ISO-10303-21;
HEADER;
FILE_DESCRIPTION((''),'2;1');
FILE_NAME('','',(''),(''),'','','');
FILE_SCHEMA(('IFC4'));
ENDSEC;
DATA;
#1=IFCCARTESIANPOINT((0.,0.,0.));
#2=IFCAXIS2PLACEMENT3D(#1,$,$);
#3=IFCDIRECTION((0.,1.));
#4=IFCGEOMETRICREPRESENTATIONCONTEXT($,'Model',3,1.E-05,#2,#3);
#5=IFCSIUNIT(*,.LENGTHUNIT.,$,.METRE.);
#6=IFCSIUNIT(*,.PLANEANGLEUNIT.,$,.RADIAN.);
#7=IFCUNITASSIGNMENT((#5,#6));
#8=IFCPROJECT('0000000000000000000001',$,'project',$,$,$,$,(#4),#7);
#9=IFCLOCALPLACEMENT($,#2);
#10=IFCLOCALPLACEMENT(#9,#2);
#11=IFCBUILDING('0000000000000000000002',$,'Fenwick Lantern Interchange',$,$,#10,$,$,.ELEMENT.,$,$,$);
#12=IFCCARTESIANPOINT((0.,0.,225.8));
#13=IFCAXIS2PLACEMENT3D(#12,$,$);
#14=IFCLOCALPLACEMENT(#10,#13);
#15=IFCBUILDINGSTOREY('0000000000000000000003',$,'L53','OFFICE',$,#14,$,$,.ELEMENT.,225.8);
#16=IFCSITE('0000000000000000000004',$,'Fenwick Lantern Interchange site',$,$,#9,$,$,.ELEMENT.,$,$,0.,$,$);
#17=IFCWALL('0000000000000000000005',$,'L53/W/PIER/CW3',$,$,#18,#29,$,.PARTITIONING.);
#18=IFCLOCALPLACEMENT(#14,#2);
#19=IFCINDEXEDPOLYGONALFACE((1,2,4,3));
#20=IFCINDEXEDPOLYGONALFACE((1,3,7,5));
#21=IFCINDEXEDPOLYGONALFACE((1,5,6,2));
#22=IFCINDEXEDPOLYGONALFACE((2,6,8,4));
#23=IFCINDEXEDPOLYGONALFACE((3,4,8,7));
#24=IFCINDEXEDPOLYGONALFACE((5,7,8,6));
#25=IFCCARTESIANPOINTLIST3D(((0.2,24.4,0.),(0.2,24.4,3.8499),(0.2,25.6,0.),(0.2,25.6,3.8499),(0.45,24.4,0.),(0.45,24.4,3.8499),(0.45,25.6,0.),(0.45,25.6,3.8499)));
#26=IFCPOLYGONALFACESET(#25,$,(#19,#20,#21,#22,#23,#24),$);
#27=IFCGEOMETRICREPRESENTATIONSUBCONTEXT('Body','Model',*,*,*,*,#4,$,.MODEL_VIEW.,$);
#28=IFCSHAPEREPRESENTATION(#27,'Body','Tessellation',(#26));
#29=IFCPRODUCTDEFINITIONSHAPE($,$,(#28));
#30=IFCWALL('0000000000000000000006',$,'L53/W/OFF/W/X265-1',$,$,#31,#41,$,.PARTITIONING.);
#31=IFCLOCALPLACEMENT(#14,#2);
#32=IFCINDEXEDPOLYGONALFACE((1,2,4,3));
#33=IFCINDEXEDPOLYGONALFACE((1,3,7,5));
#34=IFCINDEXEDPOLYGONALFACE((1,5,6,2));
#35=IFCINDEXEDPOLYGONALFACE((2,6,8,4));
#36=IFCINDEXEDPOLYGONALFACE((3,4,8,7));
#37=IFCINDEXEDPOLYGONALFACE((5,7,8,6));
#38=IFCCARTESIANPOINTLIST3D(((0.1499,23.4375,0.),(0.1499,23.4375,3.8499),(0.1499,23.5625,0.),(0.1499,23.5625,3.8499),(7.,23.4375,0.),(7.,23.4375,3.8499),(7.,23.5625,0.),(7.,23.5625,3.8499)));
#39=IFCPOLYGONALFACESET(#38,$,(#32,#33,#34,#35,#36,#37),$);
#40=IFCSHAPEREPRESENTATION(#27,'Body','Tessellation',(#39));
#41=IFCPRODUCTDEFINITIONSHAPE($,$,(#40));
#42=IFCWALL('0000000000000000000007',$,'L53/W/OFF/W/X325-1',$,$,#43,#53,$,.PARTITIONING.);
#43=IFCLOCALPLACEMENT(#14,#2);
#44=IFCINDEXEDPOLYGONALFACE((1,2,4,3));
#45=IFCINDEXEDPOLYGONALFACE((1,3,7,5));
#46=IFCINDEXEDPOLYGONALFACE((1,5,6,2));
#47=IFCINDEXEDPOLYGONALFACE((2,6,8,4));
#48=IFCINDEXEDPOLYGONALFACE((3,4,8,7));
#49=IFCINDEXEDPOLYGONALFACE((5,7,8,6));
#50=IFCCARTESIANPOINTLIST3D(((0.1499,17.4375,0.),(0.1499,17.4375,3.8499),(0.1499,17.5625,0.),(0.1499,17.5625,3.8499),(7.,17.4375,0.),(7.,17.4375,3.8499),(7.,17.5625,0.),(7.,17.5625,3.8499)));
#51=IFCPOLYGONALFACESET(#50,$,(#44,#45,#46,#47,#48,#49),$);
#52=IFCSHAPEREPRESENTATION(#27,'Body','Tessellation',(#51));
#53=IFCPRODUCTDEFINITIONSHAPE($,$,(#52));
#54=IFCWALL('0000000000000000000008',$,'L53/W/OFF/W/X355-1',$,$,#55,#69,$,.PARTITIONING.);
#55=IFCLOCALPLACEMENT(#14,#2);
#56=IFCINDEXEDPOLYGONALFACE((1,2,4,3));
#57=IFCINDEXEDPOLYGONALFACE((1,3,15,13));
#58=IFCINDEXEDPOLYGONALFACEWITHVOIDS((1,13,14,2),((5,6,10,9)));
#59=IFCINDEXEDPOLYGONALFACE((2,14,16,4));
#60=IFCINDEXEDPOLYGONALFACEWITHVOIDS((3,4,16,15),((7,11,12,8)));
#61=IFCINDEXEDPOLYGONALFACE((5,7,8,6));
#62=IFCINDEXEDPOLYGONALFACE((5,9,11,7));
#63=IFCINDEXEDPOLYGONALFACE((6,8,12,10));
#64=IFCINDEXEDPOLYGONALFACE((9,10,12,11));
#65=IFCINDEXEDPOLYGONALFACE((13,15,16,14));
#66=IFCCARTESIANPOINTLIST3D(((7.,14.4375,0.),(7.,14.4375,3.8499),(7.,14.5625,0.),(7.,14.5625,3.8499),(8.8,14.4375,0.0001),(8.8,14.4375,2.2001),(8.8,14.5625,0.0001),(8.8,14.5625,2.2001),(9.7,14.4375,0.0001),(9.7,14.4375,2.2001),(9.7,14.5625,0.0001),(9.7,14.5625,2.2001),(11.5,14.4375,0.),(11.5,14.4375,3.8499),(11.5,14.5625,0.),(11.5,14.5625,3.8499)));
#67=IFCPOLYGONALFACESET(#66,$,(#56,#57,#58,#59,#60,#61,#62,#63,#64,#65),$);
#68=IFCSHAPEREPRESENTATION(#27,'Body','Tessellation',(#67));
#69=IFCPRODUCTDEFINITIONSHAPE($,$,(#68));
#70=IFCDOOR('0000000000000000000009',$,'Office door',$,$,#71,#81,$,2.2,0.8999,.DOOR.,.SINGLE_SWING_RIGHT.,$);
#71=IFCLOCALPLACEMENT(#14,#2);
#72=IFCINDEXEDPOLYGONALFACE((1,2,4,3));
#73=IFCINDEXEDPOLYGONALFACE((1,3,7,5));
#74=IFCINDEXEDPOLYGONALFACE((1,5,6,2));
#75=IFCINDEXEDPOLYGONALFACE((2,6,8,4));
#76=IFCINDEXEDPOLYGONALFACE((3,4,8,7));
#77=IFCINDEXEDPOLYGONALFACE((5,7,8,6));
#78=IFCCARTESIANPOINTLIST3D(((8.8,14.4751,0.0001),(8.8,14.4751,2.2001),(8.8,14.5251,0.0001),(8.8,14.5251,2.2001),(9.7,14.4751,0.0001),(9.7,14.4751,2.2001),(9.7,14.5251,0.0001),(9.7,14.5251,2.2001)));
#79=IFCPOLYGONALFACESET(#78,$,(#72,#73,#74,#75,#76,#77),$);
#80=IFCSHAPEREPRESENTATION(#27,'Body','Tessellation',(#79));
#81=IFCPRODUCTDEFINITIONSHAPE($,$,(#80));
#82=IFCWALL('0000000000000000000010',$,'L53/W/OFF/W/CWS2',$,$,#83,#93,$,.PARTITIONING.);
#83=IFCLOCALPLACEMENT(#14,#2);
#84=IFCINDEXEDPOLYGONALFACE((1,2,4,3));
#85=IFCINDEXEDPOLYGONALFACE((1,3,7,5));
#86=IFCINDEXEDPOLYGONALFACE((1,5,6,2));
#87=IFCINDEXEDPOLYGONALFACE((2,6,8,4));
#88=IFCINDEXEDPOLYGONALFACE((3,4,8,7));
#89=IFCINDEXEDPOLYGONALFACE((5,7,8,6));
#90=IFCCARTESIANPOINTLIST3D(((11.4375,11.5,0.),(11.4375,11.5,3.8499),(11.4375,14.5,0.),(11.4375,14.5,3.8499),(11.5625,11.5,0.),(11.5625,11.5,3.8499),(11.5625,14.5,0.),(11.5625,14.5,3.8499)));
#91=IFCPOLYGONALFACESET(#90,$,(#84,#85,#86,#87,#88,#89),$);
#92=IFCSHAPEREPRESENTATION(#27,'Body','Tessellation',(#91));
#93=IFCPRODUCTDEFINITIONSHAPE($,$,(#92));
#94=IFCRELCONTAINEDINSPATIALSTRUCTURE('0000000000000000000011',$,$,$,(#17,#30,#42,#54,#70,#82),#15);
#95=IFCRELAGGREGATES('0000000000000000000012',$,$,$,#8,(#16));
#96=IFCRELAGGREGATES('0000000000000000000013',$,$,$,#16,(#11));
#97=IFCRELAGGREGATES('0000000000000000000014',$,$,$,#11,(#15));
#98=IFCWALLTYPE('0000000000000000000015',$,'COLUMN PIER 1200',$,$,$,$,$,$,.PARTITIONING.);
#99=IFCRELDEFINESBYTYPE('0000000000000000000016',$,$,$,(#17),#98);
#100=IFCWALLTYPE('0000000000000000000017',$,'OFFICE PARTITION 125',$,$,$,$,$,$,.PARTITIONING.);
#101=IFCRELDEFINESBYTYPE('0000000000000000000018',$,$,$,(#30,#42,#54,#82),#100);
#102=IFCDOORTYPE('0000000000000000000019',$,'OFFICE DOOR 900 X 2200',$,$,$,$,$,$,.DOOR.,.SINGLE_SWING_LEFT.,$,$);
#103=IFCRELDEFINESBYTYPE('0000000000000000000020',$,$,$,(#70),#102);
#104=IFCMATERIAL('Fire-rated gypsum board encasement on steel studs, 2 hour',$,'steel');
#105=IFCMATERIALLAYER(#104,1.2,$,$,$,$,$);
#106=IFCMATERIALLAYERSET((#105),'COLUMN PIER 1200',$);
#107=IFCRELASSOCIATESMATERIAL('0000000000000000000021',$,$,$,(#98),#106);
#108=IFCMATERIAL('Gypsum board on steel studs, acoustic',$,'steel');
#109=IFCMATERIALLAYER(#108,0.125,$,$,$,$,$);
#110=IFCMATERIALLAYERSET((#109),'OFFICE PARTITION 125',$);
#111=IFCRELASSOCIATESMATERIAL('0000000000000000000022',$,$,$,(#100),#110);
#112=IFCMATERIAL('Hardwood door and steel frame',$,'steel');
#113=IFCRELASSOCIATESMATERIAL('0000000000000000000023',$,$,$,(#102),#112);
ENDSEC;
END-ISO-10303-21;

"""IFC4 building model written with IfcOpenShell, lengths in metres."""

from ifc_helpers import new_model, si_unit, direction, frame, frame_2d, origin, place, context, subcontext, project, spatial, rectangle, extrude, material, layer, layer_set, type_object, element, fill, save


model = new_model("IFC4")

# Units and contexts
model_context = context("Model", 3, precision=1e-05, world=origin(), true_north=direction((0.0, 1.0)))
body_context = subcontext(model_context, "Body", "Model", "MODEL_VIEW")
ifc_project = project(units=[si_unit("LENGTHUNIT", "METRE"), si_unit("PLANEANGLEUNIT", "RADIAN")], contexts=[model_context])

# Site, building, storey
site_placement = place(None, origin())
site = spatial("IfcSite", under=ifc_project, at=site_placement, Name="Fenwick Lantern Interchange site", CompositionType="ELEMENT", RefElevation=0.0)
building_placement = place(site_placement, origin())
building = spatial("IfcBuilding", under=site, at=building_placement, Name="Fenwick Lantern Interchange", CompositionType="ELEMENT")
storey_placement = place(building_placement, frame((0.0, 0.0, 225.8)))
storey = spatial("IfcBuildingStorey", under=building, at=storey_placement, Name="L53", Description="OFFICE", CompositionType="ELEMENT", Elevation=225.8)

# Walls
ifc_material_1 = material(Name="Fire-rated gypsum board encasement on steel studs, 2 hour", Category="steel")
ifc_layer_1 = layer(ifc_material_1, 1.2)
ifc_layer_set_1 = layer_set([ifc_layer_1], Name="COLUMN PIER 1200")
wall_type_1 = type_object("IfcWallType", Name="COLUMN PIER 1200", PredefinedType="PARTITIONING", material=ifc_layer_set_1)
wall_1_placement = place(storey_placement, frame((0.2, 25.0, 0.0), z_axis=(0.0, 0.0, 1.0), x_axis=(1.0, 0.0, 0.0)))
element("IfcWall", 1, at=wall_1_placement, inside=storey, type_object=wall_type_1, Name="L53/W/PIER/CW3", PredefinedType="PARTITIONING", context=body_context, shape_type="SweptSolid", body=[
    extrude(rectangle(XDim=0.25, YDim=1.2, at=frame_2d((0.125, 0.0))), origin(), (0.0, 0.0, 1.0), 3.8499),
])
ifc_material_2 = material(Name="Gypsum board on steel studs, acoustic", Category="steel")
ifc_layer_2 = layer(ifc_material_2, 0.125)
ifc_layer_set_2 = layer_set([ifc_layer_2], Name="OFFICE PARTITION 125")
wall_type_2 = type_object("IfcWallType", Name="OFFICE PARTITION 125", PredefinedType="PARTITIONING", material=ifc_layer_set_2)
for number, where, z_axis, x_axis, name in (
    (2, (0.1499, 23.5, 0.0), (0.0, 0.0, 1.0), (1.0, 0.0, 0.0), "L53/W/OFF/W/X265-1"),
    (3, (0.1499, 17.5, 0.0), (0.0, 0.0, 1.0), (1.0, 0.0, 0.0), "L53/W/OFF/W/X325-1"),
):
    element("IfcWall", number, at=place(storey_placement, frame(where, z_axis=z_axis, x_axis=x_axis)), inside=storey, type_object=wall_type_2, Name=name, PredefinedType="PARTITIONING", context=body_context, shape_type="SweptSolid", body=[
        extrude(rectangle(XDim=6.8501, YDim=0.125, at=frame_2d((3.425, 0.0))), origin(), (0.0, 0.0, 1.0), 3.8499),
    ])

# Wall, opening, door
wall_2_placement = place(storey_placement, frame((7.0, 14.5, 0.0), z_axis=(0.0, 0.0, 1.0), x_axis=(1.0, 0.0, 0.0)))
wall_2 = element("IfcWall", 4, at=wall_2_placement, inside=storey, type_object=wall_type_2, Name="L53/W/OFF/W/X355-1", PredefinedType="PARTITIONING", context=body_context, shape_type="SweptSolid", body=[
    extrude(rectangle(XDim=4.5, YDim=0.125, at=frame_2d((2.25, 0.0))), origin(), (0.0, 0.0, 1.0), 3.8499),
])
opening_placement = place(wall_2_placement, frame((1.8, 0.0, 0.0)))
opening = element("IfcOpeningElement", 5, at=opening_placement, cuts=wall_2, PredefinedType="OPENING", context=body_context, shape_type="SweptSolid", body=[
    extrude(rectangle(XDim=0.8999, YDim=2.2, at=frame_2d((0.45, 1.1001))), frame((0.0, 0.0725, 0.0), z_axis=(0.0, -1.0, 0.0), x_axis=(1.0, 0.0, 0.0)), (0.0, 0.0, 1.0), 0.145),
])
ifc_material_3 = material(Name="Hardwood door and steel frame", Category="steel")
door_type = type_object("IfcDoorType", Name="OFFICE DOOR 900 X 2200", OperationType="SINGLE_SWING_LEFT", PredefinedType="DOOR", material=ifc_material_3)
door_placement = place(opening_placement, frame((0.8999, 0.0, 0.0), z_axis=(0.0, 0.0, 1.0), x_axis=(-1.0, 0.0, 0.0)))
door = element("IfcDoor", 6, at=door_placement, inside=storey, type_object=door_type, Name="Office door", OperationType="SINGLE_SWING_RIGHT", OverallHeight=2.2, OverallWidth=0.8999, PredefinedType="DOOR", context=body_context, shape_type="SweptSolid", body=[
    extrude(rectangle(XDim=0.8999, YDim=2.2, at=frame_2d((0.45, 1.1001))), frame((0.0, 0.0249, 0.0), z_axis=(0.0, -1.0, 0.0), x_axis=(1.0, 0.0, 0.0)), (0.0, 0.0, 1.0), 0.05),
])
fill(opening, door)

# Wall
wall_3_placement = place(storey_placement, frame((11.5, 14.5, 0.0), z_axis=(0.0, 0.0, 1.0), x_axis=(0.0, -1.0, 0.0)))
element("IfcWall", 7, at=wall_3_placement, inside=storey, type_object=wall_type_2, Name="L53/W/OFF/W/CWS2", PredefinedType="PARTITIONING", context=body_context, shape_type="SweptSolid", body=[
    extrude(rectangle(XDim=3.0, YDim=0.125, at=frame_2d((1.5, 0.0))), origin(), (0.0, 0.0, 1.0), 3.8499),
])

save(model, "model.ifc")
